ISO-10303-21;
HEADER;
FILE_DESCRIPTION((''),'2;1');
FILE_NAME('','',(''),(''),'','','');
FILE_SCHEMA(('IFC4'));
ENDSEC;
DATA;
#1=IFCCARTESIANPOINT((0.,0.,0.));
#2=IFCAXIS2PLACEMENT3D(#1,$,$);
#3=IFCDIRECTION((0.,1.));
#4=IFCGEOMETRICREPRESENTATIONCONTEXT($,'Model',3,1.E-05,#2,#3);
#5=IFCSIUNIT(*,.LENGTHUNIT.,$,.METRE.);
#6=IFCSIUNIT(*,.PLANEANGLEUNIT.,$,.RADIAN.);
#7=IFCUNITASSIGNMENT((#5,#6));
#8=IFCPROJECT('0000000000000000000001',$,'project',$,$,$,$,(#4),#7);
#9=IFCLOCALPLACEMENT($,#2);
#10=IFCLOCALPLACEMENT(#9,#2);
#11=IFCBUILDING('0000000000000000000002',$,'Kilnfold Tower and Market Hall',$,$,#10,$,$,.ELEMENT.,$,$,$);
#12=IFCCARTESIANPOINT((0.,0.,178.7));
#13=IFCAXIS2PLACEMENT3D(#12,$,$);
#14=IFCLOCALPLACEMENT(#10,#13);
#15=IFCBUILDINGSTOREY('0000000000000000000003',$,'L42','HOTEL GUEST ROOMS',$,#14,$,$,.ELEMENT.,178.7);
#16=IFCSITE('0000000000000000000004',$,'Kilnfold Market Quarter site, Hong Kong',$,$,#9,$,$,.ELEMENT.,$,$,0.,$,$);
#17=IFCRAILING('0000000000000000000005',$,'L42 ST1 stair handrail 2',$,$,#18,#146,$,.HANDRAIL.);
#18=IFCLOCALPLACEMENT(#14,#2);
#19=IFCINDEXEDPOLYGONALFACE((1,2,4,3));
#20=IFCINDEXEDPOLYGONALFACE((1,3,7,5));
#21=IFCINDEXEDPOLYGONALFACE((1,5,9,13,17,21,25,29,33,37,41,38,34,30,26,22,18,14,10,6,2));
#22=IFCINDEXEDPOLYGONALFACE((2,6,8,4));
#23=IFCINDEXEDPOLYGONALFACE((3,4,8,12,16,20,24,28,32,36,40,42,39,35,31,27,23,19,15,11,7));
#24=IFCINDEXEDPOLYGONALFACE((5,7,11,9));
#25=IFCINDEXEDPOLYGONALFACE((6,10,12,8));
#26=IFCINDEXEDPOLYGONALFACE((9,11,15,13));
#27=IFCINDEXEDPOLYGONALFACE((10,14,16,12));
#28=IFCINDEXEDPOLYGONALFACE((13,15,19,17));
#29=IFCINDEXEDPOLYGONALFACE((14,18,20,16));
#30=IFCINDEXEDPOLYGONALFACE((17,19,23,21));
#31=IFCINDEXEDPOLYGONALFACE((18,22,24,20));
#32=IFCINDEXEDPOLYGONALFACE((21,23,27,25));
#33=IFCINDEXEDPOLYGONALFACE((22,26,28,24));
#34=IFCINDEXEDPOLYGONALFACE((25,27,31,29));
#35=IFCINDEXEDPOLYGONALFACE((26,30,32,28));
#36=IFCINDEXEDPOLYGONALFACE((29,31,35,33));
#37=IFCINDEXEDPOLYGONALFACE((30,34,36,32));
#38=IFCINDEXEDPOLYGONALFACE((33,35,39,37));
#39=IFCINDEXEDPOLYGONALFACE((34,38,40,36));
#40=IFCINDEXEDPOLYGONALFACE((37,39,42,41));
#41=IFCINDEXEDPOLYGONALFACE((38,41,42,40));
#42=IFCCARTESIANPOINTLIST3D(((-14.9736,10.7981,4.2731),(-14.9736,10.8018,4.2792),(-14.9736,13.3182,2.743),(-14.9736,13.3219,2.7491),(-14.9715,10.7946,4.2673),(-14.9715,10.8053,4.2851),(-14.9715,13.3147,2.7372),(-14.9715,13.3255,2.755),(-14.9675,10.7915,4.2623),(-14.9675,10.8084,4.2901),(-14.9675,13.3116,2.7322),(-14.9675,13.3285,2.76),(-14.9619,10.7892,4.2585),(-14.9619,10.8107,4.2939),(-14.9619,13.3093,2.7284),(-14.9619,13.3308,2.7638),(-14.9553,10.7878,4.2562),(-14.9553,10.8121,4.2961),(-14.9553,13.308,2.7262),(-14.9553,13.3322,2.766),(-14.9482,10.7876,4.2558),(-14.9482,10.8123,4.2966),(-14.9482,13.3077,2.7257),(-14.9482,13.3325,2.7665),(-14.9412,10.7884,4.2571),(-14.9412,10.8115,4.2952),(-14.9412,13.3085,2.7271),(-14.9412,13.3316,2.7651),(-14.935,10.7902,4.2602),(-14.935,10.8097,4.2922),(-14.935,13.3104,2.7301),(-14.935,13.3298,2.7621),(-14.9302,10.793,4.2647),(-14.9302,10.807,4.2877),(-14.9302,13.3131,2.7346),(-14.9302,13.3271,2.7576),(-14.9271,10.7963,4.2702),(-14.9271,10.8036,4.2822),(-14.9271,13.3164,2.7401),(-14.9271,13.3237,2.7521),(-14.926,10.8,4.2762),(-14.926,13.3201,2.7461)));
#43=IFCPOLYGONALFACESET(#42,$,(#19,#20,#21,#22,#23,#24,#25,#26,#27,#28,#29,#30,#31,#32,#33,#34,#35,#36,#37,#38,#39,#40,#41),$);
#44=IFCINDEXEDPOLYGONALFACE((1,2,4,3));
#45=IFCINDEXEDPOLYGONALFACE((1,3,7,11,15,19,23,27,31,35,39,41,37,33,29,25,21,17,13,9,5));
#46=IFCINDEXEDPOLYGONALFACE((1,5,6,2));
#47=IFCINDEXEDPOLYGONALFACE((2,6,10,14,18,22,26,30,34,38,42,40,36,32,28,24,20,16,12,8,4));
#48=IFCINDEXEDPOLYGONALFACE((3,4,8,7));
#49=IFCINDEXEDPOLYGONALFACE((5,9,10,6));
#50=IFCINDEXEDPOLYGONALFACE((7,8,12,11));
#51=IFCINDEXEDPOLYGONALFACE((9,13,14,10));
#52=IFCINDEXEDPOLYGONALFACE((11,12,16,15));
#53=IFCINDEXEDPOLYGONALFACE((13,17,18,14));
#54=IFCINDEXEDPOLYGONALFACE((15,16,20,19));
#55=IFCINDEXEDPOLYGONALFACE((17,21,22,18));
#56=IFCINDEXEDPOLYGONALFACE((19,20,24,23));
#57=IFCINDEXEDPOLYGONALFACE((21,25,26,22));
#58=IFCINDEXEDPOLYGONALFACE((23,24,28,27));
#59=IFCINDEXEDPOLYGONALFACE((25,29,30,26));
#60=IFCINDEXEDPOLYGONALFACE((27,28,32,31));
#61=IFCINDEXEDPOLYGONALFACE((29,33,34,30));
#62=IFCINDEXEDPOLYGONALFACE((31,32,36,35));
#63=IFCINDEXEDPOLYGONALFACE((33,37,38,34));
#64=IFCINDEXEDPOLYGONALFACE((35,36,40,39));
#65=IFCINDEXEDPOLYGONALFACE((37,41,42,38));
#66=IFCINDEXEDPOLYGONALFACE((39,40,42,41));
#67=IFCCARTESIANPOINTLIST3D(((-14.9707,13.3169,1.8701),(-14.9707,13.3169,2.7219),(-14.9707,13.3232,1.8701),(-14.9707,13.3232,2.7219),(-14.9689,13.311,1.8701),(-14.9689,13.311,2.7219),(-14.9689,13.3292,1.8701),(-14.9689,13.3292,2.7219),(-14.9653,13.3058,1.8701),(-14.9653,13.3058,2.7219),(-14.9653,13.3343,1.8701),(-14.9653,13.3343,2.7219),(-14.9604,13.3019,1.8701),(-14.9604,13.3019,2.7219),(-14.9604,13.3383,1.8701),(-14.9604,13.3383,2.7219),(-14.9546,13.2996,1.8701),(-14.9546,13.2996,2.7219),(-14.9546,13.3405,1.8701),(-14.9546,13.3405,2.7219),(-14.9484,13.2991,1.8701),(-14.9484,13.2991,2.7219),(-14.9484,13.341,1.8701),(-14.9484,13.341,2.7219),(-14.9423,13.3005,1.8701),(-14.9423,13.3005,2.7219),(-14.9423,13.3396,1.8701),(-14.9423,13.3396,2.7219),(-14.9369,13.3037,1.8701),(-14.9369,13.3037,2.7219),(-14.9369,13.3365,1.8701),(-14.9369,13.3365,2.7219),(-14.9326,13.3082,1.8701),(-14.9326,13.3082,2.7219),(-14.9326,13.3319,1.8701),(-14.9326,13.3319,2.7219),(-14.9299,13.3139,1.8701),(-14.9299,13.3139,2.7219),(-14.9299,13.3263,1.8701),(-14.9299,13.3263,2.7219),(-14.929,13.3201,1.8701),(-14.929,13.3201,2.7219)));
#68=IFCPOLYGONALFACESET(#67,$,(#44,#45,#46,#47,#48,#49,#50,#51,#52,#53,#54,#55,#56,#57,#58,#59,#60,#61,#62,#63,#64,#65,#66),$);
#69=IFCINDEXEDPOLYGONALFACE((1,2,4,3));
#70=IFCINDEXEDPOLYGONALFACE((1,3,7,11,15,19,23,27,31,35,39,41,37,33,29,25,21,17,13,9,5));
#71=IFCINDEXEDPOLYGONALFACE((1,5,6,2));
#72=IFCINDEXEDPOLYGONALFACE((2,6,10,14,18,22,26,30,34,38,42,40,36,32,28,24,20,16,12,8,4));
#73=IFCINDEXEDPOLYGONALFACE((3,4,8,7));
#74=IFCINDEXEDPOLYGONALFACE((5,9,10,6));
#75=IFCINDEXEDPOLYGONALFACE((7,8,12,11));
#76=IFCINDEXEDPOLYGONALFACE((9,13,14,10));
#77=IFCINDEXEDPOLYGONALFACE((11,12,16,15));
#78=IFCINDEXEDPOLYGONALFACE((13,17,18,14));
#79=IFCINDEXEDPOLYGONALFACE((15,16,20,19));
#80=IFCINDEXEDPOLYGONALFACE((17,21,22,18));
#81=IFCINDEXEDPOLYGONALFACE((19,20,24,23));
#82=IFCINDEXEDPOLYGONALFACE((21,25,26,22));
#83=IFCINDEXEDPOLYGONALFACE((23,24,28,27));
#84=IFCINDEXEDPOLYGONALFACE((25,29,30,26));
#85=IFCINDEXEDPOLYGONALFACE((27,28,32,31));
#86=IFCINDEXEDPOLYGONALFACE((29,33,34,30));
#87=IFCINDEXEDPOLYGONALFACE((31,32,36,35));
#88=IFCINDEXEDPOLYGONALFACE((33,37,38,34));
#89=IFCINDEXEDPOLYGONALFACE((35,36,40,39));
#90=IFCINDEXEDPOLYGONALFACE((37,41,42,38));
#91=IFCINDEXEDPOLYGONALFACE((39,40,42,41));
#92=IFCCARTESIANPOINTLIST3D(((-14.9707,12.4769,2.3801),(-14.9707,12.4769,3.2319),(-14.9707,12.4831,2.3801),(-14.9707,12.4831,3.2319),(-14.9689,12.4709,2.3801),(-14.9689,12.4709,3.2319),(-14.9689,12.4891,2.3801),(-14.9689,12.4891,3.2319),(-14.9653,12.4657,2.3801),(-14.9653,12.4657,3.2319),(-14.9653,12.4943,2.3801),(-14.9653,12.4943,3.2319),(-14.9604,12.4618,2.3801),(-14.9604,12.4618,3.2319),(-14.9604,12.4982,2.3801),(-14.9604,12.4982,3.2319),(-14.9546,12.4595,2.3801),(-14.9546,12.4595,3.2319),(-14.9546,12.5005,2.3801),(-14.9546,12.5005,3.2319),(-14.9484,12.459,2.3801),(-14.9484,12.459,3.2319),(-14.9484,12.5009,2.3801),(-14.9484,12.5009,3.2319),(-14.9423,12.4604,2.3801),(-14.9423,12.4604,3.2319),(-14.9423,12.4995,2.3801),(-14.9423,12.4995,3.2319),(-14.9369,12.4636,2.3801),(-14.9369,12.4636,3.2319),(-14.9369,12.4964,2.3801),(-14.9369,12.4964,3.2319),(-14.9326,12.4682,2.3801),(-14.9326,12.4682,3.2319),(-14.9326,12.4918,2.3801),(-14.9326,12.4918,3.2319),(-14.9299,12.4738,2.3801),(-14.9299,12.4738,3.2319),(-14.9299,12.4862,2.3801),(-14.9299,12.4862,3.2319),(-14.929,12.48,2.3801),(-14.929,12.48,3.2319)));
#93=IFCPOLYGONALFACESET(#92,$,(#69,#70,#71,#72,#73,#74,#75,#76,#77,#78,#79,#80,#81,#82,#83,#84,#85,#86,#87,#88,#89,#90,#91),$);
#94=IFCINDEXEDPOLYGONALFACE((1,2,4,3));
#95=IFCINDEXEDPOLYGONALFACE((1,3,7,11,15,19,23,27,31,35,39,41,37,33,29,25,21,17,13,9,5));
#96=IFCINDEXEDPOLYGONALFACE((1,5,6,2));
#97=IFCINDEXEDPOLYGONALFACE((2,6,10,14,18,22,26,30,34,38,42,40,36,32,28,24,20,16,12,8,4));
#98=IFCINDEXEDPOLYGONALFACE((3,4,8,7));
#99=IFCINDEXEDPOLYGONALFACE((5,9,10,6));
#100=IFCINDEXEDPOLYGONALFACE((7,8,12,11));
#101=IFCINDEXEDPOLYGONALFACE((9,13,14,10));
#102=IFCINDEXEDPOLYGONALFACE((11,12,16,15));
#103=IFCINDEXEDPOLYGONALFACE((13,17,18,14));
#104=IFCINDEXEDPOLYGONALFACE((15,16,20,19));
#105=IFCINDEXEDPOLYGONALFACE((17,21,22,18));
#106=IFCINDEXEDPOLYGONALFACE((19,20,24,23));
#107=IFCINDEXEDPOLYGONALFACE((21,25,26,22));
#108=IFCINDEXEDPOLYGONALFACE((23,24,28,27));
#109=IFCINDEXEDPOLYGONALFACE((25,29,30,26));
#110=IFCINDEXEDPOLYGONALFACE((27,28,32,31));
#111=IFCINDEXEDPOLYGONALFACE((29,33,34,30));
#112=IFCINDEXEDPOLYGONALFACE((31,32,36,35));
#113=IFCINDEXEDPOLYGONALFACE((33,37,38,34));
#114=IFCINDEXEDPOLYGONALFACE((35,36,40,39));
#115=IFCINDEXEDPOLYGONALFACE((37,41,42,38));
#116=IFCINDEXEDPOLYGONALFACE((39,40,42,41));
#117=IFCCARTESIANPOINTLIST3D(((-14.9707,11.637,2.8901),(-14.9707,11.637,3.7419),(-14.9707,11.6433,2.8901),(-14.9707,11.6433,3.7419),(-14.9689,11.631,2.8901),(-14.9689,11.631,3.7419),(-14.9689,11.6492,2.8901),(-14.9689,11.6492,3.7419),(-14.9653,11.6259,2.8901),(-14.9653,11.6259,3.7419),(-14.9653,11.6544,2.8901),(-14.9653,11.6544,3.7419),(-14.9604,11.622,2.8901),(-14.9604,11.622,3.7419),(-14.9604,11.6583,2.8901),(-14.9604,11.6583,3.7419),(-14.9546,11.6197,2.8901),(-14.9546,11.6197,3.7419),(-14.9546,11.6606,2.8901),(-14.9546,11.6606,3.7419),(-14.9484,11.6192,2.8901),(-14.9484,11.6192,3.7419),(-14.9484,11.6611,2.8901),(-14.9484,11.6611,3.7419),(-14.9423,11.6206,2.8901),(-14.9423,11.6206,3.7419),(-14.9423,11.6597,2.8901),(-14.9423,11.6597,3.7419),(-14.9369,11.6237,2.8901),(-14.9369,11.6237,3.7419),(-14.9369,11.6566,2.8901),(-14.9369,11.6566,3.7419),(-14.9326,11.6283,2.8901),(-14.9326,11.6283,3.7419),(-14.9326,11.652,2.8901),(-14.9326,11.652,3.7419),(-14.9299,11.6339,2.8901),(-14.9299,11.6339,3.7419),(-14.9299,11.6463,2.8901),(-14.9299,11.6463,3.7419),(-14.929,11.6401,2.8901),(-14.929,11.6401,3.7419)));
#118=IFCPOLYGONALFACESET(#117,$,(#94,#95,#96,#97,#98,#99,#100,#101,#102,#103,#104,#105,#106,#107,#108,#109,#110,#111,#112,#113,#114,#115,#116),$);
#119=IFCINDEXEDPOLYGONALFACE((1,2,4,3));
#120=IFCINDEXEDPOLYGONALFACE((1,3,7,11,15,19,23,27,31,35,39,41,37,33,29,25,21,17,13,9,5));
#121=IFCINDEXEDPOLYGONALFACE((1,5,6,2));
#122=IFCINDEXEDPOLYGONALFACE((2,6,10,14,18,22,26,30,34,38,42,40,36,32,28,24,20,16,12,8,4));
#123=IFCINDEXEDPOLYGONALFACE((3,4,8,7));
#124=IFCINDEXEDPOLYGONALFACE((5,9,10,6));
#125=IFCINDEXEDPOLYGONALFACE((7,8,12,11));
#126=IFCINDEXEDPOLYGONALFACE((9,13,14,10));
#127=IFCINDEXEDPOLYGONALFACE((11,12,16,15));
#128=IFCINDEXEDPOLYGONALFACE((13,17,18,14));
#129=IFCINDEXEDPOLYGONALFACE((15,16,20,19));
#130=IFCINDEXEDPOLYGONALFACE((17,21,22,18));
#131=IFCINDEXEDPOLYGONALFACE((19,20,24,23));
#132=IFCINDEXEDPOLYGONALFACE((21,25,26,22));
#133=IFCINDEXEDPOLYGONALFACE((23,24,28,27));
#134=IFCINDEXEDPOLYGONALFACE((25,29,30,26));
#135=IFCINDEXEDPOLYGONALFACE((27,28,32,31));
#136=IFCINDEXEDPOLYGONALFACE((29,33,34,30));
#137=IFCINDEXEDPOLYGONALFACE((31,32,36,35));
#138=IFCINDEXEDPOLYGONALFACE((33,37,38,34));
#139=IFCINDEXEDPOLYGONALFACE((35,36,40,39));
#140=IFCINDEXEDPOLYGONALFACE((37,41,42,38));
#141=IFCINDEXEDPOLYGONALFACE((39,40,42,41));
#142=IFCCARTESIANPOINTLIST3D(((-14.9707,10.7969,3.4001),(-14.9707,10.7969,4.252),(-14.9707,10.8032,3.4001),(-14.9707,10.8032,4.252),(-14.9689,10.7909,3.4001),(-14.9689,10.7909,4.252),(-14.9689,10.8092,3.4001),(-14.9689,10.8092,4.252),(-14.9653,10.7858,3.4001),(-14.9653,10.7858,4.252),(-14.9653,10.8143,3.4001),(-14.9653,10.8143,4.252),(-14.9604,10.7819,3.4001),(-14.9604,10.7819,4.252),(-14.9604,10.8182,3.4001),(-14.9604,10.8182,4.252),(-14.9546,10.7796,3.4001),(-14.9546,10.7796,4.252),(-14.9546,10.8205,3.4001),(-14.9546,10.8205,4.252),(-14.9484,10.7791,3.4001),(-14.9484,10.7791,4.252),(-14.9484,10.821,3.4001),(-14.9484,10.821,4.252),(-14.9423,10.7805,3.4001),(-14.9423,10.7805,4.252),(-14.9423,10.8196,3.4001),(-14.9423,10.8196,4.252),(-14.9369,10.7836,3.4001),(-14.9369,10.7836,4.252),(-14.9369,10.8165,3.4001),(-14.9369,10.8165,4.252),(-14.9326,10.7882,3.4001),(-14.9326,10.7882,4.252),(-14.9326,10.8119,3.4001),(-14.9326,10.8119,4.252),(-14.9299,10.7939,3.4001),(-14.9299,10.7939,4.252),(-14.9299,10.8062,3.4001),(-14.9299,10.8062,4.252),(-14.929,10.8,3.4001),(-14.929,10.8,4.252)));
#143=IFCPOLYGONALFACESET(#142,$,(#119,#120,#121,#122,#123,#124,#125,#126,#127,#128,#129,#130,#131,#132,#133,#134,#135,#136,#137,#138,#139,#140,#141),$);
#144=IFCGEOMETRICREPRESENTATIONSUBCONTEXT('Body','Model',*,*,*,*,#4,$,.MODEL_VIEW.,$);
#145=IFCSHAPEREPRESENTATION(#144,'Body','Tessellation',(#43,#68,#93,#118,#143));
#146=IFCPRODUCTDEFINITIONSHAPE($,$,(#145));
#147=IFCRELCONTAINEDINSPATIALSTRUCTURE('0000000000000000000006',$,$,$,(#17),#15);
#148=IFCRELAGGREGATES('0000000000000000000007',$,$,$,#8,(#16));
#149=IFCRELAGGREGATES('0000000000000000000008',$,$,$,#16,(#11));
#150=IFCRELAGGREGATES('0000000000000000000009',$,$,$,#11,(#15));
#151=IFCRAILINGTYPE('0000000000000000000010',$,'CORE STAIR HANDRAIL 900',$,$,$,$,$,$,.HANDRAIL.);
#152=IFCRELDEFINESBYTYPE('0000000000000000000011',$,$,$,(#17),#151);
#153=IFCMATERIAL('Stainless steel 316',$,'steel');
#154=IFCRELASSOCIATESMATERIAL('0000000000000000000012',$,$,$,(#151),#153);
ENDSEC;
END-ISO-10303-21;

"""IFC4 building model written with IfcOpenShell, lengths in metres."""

from ifc_helpers import new_model, si_unit, direction, frame, origin, origin_2d, place, context, subcontext, project, spatial, circle, extrude, material, type_object, element, save


model = new_model("IFC4")

# Units and contexts
model_context = context("Model", 3, precision=1e-05, world=origin(), true_north=direction((0.0, 1.0)))
body_context = subcontext(model_context, "Body", "Model", "MODEL_VIEW")
ifc_project = project(units=[si_unit("LENGTHUNIT", "METRE"), si_unit("PLANEANGLEUNIT", "RADIAN")], contexts=[model_context])

# Site, building, storey
site_placement = place(None, origin())
site = spatial("IfcSite", under=ifc_project, at=site_placement, Name="Kilnfold Market Quarter site, Hong Kong", CompositionType="ELEMENT", RefElevation=0.0)
building_placement = place(site_placement, origin())
building = spatial("IfcBuilding", under=site, at=building_placement, Name="Kilnfold Tower and Market Hall", CompositionType="ELEMENT")
storey_placement = place(building_placement, frame((0.0, 0.0, 178.7)))
storey = spatial("IfcBuildingStorey", under=building, at=storey_placement, Name="L42", Description="HOTEL GUEST ROOMS", CompositionType="ELEMENT", Elevation=178.7)

# Railing
ifc_material_1 = material(Name="Stainless steel 316", Category="steel")
railing_type_1 = type_object("IfcRailingType", Name="CORE STAIR HANDRAIL 900", PredefinedType="HANDRAIL", material=ifc_material_1)
railing_1_placement = place(storey_placement, frame((-14.95, 13.3201, 1.8701)))
element("IfcRailing", 1, at=railing_1_placement, inside=storey, type_object=railing_type_1, Name="L42 ST1 stair handrail 2", PredefinedType="HANDRAIL", context=body_context, shape_type="SweptSolid", body=[
    extrude(circle(Radius=0.0239, at=origin_2d()), frame((0.0, 0.0, 0.876), z_axis=(0.0, -0.854785, 0.518982), x_axis=(1.0, 0.0, 0.0)), (0.0, 0.0, 1.0), 2.9482),
    extrude(circle(Radius=0.021, at=origin_2d()), origin(), (0.0, 0.0, 1.0), 0.8518),
    extrude(circle(Radius=0.021, at=origin_2d()), frame((0.0, -0.8401, 0.51)), (0.0, 0.0, 1.0), 0.8518),
    extrude(circle(Radius=0.021, at=origin_2d()), frame((0.0, -1.6799, 1.02)), (0.0, 0.0, 1.0), 0.8518),
    extrude(circle(Radius=0.021, at=origin_2d()), frame((0.0, -2.52, 1.53)), (0.0, 0.0, 1.0), 0.8518),
])

save(model, "model.ifc")
